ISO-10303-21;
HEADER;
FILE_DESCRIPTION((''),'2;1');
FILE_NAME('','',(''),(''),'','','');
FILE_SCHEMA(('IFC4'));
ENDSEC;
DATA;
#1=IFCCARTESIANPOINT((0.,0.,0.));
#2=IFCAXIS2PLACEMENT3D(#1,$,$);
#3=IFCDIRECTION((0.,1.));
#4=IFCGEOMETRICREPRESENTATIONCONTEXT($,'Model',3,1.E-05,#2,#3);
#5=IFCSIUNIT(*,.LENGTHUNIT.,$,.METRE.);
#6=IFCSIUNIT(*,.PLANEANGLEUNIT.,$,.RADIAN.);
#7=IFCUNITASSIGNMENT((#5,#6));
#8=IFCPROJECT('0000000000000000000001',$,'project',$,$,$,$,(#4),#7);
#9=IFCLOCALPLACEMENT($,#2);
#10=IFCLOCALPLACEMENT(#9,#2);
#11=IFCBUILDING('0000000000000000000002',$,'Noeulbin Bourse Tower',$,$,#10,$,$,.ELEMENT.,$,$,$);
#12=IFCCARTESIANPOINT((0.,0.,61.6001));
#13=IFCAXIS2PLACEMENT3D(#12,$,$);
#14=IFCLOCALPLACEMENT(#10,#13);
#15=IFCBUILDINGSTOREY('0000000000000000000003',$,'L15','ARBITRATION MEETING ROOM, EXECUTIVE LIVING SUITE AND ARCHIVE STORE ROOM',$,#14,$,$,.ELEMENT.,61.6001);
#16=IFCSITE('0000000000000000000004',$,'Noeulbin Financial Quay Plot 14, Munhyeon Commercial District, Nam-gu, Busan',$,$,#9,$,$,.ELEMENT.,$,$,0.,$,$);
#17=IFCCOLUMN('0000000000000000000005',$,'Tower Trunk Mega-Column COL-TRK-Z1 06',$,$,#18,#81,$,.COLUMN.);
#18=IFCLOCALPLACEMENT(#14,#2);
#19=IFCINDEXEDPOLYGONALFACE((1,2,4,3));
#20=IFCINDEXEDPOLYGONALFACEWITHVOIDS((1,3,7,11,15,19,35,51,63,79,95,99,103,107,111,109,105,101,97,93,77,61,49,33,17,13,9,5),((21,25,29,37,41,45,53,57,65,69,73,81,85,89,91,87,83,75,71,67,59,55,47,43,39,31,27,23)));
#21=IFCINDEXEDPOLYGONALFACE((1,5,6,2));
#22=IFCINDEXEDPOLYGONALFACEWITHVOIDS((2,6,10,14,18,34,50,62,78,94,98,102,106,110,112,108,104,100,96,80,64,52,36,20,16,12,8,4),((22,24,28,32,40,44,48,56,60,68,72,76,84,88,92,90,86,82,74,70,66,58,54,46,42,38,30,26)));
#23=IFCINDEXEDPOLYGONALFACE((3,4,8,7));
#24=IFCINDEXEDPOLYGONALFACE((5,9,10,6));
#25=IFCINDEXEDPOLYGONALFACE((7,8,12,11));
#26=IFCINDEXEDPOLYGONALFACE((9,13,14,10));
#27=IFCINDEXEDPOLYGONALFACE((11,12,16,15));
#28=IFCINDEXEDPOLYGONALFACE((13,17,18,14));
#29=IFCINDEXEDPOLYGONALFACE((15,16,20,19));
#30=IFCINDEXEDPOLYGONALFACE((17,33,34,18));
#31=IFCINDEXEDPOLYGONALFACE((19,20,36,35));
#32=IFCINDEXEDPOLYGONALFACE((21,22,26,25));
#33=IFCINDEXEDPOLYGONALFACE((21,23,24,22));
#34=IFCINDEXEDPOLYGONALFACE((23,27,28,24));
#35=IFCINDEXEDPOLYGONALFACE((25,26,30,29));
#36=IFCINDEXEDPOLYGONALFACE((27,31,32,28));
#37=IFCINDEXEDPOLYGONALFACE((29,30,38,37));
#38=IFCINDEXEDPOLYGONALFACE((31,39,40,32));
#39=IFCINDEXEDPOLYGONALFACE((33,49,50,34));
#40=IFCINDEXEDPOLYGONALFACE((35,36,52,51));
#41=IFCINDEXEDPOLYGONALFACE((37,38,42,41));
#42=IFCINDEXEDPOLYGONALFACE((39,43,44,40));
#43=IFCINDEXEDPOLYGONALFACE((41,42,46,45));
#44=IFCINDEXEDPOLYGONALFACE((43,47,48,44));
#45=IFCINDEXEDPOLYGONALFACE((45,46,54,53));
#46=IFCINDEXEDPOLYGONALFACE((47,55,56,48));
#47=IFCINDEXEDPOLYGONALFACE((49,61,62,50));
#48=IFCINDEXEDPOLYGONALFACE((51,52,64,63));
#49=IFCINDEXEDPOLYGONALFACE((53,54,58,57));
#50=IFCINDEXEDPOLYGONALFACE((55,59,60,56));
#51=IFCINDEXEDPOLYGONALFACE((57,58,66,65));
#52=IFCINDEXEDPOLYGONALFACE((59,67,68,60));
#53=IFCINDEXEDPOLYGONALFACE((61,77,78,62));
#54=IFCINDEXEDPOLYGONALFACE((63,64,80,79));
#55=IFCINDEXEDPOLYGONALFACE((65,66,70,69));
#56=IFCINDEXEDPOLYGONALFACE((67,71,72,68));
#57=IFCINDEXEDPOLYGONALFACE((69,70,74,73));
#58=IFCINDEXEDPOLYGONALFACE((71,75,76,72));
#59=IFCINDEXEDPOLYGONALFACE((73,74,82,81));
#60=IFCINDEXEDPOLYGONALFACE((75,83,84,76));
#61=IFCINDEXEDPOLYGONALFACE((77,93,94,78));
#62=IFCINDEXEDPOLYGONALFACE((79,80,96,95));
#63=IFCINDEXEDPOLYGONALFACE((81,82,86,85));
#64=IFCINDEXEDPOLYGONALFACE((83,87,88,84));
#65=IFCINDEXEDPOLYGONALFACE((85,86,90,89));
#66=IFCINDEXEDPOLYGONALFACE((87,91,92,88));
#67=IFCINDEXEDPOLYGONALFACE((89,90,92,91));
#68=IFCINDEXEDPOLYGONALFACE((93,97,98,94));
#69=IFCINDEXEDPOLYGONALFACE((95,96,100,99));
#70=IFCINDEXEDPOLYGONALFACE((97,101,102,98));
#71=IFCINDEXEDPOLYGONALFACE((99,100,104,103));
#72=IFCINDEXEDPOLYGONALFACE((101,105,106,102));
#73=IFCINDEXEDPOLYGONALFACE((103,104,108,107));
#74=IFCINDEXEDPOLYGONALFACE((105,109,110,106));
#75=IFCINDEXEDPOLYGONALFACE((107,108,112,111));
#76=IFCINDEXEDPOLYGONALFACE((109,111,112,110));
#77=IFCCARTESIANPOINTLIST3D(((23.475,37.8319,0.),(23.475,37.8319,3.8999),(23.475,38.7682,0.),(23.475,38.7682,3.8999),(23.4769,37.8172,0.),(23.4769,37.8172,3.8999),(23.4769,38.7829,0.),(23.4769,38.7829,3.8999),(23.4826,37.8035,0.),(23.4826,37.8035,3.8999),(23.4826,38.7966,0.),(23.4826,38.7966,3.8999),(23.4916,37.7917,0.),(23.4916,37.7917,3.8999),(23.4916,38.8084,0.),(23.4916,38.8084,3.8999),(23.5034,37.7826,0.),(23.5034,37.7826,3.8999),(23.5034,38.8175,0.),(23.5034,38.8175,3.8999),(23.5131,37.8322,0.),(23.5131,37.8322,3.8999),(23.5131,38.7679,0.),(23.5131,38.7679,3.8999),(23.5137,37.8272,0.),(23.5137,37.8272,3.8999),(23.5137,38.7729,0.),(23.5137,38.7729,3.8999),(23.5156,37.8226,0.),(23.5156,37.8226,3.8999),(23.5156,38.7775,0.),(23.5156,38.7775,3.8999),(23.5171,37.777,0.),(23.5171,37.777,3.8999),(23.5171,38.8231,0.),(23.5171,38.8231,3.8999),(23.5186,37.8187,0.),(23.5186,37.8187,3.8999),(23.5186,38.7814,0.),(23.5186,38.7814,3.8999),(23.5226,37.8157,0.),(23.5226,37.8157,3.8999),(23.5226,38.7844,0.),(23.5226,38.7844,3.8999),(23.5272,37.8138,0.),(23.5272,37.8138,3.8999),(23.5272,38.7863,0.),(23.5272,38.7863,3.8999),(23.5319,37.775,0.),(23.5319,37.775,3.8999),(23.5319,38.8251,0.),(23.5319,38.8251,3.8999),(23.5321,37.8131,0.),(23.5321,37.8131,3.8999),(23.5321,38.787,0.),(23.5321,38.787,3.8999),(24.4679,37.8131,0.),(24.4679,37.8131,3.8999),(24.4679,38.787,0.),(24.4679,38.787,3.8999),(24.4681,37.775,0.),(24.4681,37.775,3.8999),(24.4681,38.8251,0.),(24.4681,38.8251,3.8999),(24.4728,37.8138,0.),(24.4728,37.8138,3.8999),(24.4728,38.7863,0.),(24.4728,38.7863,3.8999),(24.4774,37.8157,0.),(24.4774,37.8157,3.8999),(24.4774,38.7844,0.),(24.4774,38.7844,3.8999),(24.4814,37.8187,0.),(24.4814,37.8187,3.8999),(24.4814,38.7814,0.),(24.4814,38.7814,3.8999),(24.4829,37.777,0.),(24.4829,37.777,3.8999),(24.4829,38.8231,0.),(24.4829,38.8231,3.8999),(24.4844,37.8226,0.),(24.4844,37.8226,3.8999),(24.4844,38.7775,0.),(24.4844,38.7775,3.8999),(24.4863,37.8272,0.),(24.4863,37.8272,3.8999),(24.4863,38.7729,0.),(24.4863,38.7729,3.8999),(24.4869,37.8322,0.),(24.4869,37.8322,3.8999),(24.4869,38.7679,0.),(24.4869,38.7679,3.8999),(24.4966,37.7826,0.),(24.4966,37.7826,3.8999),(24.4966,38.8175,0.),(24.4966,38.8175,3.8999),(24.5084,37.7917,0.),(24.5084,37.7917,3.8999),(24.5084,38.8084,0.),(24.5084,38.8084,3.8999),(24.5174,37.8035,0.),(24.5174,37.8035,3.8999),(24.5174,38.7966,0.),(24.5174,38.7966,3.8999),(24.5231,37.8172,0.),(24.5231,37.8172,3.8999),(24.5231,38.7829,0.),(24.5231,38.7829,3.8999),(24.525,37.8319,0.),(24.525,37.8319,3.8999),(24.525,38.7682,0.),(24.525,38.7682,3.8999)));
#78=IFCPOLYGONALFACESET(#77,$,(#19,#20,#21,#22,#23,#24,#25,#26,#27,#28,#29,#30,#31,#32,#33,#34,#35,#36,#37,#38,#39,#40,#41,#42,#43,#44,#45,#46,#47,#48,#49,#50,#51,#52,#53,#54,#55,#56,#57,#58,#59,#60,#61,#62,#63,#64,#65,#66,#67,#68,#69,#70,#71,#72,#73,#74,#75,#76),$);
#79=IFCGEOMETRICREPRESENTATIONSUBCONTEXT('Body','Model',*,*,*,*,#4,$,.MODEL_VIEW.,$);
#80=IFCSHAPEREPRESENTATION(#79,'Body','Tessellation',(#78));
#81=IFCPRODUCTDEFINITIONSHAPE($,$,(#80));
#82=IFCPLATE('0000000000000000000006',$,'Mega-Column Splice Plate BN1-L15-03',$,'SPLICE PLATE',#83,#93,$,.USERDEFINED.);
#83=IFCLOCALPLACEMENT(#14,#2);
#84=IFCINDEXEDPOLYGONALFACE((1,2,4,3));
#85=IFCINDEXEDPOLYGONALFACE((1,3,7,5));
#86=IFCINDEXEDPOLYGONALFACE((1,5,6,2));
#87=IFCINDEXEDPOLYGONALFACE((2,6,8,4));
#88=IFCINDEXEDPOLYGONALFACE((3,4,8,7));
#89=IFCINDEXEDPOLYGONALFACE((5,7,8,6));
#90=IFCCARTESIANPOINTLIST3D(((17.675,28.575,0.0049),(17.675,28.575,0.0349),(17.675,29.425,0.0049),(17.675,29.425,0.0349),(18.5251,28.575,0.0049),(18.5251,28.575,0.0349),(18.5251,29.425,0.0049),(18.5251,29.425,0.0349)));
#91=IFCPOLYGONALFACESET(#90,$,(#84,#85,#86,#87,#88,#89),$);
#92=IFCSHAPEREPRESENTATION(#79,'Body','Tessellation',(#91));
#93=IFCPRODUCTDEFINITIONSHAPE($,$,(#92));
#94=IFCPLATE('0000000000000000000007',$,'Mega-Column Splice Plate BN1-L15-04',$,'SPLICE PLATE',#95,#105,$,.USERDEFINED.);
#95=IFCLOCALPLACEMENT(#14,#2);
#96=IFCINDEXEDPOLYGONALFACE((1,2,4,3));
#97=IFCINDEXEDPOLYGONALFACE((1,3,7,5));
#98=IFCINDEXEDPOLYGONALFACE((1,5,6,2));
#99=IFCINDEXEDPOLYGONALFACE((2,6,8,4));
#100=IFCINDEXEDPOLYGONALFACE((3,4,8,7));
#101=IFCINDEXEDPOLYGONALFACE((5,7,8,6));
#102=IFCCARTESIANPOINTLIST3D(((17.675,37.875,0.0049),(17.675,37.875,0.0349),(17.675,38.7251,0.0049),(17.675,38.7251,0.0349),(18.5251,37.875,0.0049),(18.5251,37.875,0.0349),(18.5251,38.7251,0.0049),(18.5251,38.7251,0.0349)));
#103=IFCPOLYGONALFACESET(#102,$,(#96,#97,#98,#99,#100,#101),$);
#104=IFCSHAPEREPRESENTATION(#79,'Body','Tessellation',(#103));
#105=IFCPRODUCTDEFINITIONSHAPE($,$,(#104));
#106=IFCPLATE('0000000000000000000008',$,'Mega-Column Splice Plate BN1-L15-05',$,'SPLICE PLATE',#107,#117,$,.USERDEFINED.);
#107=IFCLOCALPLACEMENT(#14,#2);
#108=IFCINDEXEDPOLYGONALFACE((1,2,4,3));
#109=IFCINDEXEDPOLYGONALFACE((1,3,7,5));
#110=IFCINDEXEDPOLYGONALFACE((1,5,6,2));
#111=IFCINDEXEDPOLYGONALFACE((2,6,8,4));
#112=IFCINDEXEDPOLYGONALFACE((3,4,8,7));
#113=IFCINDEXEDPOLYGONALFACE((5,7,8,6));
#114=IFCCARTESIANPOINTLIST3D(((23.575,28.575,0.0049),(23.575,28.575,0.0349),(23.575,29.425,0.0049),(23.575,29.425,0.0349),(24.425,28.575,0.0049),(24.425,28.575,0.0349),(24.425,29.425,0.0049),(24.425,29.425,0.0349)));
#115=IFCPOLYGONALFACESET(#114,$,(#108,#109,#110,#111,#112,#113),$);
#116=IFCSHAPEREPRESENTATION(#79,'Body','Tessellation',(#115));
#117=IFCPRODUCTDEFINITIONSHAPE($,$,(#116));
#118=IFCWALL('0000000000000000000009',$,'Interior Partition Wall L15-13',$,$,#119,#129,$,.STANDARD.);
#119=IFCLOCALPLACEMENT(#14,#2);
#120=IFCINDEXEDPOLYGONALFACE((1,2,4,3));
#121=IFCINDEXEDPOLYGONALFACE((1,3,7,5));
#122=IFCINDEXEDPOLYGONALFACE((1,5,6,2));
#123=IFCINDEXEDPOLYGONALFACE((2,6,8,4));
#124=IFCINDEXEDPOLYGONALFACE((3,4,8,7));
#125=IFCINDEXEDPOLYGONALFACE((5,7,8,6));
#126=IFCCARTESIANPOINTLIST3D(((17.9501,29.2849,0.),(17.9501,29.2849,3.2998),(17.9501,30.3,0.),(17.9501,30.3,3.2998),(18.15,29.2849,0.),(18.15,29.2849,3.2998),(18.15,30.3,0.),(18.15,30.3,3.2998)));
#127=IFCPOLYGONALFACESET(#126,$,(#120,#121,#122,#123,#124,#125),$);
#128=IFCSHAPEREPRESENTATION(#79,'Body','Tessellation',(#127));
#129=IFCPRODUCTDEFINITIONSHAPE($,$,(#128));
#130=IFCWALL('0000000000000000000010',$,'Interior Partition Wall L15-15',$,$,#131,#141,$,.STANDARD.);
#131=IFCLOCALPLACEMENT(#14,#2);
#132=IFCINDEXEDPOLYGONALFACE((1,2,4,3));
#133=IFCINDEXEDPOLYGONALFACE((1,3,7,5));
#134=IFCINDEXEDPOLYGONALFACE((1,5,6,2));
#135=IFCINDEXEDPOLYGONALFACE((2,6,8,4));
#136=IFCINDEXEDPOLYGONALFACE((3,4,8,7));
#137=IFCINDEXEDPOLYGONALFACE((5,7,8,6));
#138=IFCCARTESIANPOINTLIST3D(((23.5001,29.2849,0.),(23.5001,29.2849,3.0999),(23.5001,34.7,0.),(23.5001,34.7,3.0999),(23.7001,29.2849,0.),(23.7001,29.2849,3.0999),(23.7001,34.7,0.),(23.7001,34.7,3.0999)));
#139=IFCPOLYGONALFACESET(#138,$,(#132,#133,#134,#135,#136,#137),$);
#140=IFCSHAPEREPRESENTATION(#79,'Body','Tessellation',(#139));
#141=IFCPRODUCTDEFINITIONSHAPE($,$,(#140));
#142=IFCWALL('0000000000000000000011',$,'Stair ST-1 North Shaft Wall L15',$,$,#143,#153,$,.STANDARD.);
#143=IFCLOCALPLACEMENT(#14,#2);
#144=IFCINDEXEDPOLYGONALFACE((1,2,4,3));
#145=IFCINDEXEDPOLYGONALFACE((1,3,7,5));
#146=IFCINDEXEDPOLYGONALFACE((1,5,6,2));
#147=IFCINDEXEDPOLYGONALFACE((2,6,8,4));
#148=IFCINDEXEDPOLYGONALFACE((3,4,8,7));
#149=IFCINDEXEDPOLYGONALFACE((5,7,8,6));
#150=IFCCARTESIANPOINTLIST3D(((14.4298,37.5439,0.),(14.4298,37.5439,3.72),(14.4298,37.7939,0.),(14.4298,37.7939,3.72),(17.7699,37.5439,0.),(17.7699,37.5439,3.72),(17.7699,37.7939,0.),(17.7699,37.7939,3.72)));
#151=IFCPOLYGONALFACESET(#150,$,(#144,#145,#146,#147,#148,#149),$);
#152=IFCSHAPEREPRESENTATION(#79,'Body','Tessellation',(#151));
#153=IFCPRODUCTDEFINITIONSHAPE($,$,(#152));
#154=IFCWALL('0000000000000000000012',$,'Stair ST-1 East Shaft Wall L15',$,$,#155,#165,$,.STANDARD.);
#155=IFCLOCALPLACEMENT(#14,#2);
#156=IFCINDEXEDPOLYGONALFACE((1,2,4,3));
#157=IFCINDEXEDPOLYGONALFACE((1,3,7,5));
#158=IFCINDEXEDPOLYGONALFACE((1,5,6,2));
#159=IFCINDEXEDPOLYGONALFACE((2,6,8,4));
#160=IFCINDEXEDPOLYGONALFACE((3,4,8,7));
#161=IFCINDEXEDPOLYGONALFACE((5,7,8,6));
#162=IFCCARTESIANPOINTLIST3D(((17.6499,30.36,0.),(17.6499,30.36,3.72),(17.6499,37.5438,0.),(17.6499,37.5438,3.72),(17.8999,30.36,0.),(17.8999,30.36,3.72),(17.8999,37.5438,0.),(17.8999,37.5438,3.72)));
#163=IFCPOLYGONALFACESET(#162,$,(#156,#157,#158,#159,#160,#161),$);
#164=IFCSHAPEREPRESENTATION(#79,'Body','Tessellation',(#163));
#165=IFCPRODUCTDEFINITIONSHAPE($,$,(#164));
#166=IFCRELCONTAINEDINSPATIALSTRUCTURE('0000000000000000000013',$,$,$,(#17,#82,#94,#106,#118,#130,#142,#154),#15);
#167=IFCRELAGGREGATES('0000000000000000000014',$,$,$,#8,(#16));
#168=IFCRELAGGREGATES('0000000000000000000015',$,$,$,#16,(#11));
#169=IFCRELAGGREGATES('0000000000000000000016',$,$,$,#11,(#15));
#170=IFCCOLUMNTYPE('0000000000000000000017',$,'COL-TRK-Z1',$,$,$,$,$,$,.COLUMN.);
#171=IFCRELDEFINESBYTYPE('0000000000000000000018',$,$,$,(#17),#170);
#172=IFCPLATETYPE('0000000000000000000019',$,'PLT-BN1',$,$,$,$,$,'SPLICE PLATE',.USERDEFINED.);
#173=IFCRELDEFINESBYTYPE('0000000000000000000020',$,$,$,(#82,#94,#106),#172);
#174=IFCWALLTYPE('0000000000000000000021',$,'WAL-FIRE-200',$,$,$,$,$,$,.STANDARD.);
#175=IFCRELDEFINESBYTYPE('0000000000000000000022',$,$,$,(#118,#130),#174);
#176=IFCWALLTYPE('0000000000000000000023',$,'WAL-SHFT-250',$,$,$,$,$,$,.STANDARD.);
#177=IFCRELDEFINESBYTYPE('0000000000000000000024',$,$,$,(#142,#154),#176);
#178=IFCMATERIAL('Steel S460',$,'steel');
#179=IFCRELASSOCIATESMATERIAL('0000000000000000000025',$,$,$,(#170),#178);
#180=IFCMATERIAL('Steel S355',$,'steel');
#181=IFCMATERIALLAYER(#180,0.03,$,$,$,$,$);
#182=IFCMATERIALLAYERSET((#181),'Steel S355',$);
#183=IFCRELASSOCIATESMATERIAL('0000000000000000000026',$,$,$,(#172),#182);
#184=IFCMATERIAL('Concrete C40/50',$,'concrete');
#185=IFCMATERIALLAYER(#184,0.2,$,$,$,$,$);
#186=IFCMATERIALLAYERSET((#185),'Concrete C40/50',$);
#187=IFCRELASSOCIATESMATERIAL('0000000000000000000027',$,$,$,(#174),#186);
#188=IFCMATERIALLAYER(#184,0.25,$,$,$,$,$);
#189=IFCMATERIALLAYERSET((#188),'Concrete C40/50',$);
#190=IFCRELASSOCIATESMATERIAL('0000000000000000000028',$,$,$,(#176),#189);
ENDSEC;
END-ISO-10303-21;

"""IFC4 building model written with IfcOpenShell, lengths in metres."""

from ifc_helpers import new_model, si_unit, direction, frame, frame_2d, origin, origin_2d, place, context, subcontext, project, spatial, rectangle, hollow_rectangle, extrude, material, layer, layer_set, material_profile, profile_set, type_object, element, save


model = new_model("IFC4")

# Units and contexts
model_context = context("Model", 3, precision=1e-05, world=origin(), true_north=direction((0.0, 1.0)))
body_context = subcontext(model_context, "Body", "Model", "MODEL_VIEW")
ifc_project = project(units=[si_unit("LENGTHUNIT", "METRE"), si_unit("PLANEANGLEUNIT", "RADIAN")], contexts=[model_context])

# Site, building, storey
site_placement = place(None, origin())
site = spatial("IfcSite", under=ifc_project, at=site_placement, Name="Noeulbin Financial Quay Plot 14, Munhyeon Commercial District, Nam-gu, Busan", CompositionType="ELEMENT", RefElevation=0.0)
building_placement = place(site_placement, origin())
building = spatial("IfcBuilding", under=site, at=building_placement, Name="Noeulbin Bourse Tower", CompositionType="ELEMENT")
storey_placement = place(building_placement, frame((0.0, 0.0, 61.6001)))
storey = spatial("IfcBuildingStorey", under=building, at=storey_placement, Name="L15", Description="ARBITRATION MEETING ROOM, EXECUTIVE LIVING SUITE AND ARCHIVE STORE ROOM", CompositionType="ELEMENT", Elevation=61.6001)

# Column
ifc_material_1 = material(Name="Steel S460", Category="steel")
ifc_material_profile = material_profile(ifc_material_1, hollow_rectangle(XDim=1.05, YDim=1.05, WallThickness=0.0381, InnerFilletRadius=0.019, OuterFilletRadius=0.0569, at=origin_2d()), Name="BOX-1050x1050x38", Category="LoadBearing")
ifc_profile_set = profile_set([ifc_material_profile], Name="Steel S460")
column_type = type_object("IfcColumnType", Name="COL-TRK-Z1", PredefinedType="COLUMN", material=ifc_profile_set)
for number, where, z_axis, x_axis, name in (
    (1, (24.0, 38.3, 0.0), (0.0, 0.0, 1.0), (1.0, 0.0, 0.0), "Tower Trunk Mega-Column COL-TRK-Z1 06"),
):
    element("IfcColumn", number, at=place(storey_placement, frame(where, z_axis=z_axis, x_axis=x_axis)), inside=storey, type_object=column_type, Name=name, PredefinedType="COLUMN", context=body_context, shape_type="SweptSolid", body=[
        extrude(hollow_rectangle(XDim=1.05, YDim=1.05, WallThickness=0.0381, InnerFilletRadius=0.019, OuterFilletRadius=0.0569, at=origin_2d()), origin(), (0.0, 0.0, 1.0), 3.8999),
    ])

# Plates
ifc_material_2 = material(Name="Steel S355", Category="steel")
ifc_layer_1 = layer(ifc_material_2, 0.03)
ifc_layer_set_1 = layer_set([ifc_layer_1], Name="Steel S355")
plate_type = type_object("IfcPlateType", Name="PLT-BN1", ElementType="SPLICE PLATE", PredefinedType="USERDEFINED", material=ifc_layer_set_1)
for number, where, z_axis, x_axis, name in (
    (2, (18.1001, 29.0, 0.0049), (0.0, 0.0, 1.0), (1.0, 0.0, 0.0), "Mega-Column Splice Plate BN1-L15-03"),
    (3, (18.1001, 38.3, 0.0049), (0.0, 0.0, 1.0), (1.0, 0.0, 0.0), "Mega-Column Splice Plate BN1-L15-04"),
    (4, (24.0, 29.0, 0.0049), (0.0, 0.0, 1.0), (1.0, 0.0, 0.0), "Mega-Column Splice Plate BN1-L15-05"),
):
    element("IfcPlate", number, at=place(storey_placement, frame(where, z_axis=z_axis, x_axis=x_axis)), inside=storey, type_object=plate_type, Name=name, ObjectType="SPLICE PLATE", PredefinedType="USERDEFINED", context=body_context, shape_type="SweptSolid", body=[
        extrude(rectangle(XDim=0.8501, YDim=0.8501, at=origin_2d()), origin(), (0.0, 0.0, 1.0), 0.03),
    ])

# Walls
ifc_material_3 = material(Name="Concrete C40/50", Category="concrete")
ifc_layer_2 = layer(ifc_material_3, 0.2)
ifc_layer_set_2 = layer_set([ifc_layer_2], Name="Concrete C40/50")
wall_type_1 = type_object("IfcWallType", Name="WAL-FIRE-200", PredefinedType="STANDARD", material=ifc_layer_set_2)
wall_1_placement = place(storey_placement, frame((18.05, 29.2849, 0.0), z_axis=(0.0, 0.0, 1.0), x_axis=(0.0, 1.0, 0.0)))
element("IfcWall", 5, at=wall_1_placement, inside=storey, type_object=wall_type_1, Name="Interior Partition Wall L15-13", PredefinedType="STANDARD", context=body_context, shape_type="SweptSolid", body=[
    extrude(rectangle(XDim=1.0151, YDim=0.2, at=frame_2d((0.5076, 0.0))), origin(), (0.0, 0.0, 1.0), 3.2998),
])
wall_2_placement = place(storey_placement, frame((23.6001, 29.2849, 0.0), z_axis=(0.0, 0.0, 1.0), x_axis=(0.0, 1.0, 0.0)))
element("IfcWall", 6, at=wall_2_placement, inside=storey, type_object=wall_type_1, Name="Interior Partition Wall L15-15", PredefinedType="STANDARD", context=body_context, shape_type="SweptSolid", body=[
    extrude(rectangle(XDim=5.415, YDim=0.2, at=frame_2d((2.7075, 0.0))), origin(), (0.0, 0.0, 1.0), 3.0999),
])
ifc_layer_3 = layer(ifc_material_3, 0.25)
ifc_layer_set_3 = layer_set([ifc_layer_3], Name="Concrete C40/50")
wall_type_2 = type_object("IfcWallType", Name="WAL-SHFT-250", PredefinedType="STANDARD", material=ifc_layer_set_3)
wall_3_placement = place(storey_placement, frame((14.4299, 37.6689, 0.0), z_axis=(0.0, 0.0, 1.0), x_axis=(1.0, 0.0, 0.0)))
element("IfcWall", 7, at=wall_3_placement, inside=storey, type_object=wall_type_2, Name="Stair ST-1 North Shaft Wall L15", PredefinedType="STANDARD", context=body_context, shape_type="SweptSolid", body=[
    extrude(rectangle(XDim=3.3401, YDim=0.25, at=frame_2d((1.6699, 0.0))), origin(), (0.0, 0.0, 1.0), 3.72),
])
wall_4_placement = place(storey_placement, frame((17.7749, 30.3601, 0.0), z_axis=(0.0, 0.0, 1.0), x_axis=(0.0, 1.0, 0.0)))
element("IfcWall", 8, at=wall_4_placement, inside=storey, type_object=wall_type_2, Name="Stair ST-1 East Shaft Wall L15", PredefinedType="STANDARD", context=body_context, shape_type="SweptSolid", body=[
    extrude(rectangle(XDim=7.1838, YDim=0.25, at=frame_2d((3.5918, 0.0))), origin(), (0.0, 0.0, 1.0), 3.72),
])

save(model, "model.ifc")
